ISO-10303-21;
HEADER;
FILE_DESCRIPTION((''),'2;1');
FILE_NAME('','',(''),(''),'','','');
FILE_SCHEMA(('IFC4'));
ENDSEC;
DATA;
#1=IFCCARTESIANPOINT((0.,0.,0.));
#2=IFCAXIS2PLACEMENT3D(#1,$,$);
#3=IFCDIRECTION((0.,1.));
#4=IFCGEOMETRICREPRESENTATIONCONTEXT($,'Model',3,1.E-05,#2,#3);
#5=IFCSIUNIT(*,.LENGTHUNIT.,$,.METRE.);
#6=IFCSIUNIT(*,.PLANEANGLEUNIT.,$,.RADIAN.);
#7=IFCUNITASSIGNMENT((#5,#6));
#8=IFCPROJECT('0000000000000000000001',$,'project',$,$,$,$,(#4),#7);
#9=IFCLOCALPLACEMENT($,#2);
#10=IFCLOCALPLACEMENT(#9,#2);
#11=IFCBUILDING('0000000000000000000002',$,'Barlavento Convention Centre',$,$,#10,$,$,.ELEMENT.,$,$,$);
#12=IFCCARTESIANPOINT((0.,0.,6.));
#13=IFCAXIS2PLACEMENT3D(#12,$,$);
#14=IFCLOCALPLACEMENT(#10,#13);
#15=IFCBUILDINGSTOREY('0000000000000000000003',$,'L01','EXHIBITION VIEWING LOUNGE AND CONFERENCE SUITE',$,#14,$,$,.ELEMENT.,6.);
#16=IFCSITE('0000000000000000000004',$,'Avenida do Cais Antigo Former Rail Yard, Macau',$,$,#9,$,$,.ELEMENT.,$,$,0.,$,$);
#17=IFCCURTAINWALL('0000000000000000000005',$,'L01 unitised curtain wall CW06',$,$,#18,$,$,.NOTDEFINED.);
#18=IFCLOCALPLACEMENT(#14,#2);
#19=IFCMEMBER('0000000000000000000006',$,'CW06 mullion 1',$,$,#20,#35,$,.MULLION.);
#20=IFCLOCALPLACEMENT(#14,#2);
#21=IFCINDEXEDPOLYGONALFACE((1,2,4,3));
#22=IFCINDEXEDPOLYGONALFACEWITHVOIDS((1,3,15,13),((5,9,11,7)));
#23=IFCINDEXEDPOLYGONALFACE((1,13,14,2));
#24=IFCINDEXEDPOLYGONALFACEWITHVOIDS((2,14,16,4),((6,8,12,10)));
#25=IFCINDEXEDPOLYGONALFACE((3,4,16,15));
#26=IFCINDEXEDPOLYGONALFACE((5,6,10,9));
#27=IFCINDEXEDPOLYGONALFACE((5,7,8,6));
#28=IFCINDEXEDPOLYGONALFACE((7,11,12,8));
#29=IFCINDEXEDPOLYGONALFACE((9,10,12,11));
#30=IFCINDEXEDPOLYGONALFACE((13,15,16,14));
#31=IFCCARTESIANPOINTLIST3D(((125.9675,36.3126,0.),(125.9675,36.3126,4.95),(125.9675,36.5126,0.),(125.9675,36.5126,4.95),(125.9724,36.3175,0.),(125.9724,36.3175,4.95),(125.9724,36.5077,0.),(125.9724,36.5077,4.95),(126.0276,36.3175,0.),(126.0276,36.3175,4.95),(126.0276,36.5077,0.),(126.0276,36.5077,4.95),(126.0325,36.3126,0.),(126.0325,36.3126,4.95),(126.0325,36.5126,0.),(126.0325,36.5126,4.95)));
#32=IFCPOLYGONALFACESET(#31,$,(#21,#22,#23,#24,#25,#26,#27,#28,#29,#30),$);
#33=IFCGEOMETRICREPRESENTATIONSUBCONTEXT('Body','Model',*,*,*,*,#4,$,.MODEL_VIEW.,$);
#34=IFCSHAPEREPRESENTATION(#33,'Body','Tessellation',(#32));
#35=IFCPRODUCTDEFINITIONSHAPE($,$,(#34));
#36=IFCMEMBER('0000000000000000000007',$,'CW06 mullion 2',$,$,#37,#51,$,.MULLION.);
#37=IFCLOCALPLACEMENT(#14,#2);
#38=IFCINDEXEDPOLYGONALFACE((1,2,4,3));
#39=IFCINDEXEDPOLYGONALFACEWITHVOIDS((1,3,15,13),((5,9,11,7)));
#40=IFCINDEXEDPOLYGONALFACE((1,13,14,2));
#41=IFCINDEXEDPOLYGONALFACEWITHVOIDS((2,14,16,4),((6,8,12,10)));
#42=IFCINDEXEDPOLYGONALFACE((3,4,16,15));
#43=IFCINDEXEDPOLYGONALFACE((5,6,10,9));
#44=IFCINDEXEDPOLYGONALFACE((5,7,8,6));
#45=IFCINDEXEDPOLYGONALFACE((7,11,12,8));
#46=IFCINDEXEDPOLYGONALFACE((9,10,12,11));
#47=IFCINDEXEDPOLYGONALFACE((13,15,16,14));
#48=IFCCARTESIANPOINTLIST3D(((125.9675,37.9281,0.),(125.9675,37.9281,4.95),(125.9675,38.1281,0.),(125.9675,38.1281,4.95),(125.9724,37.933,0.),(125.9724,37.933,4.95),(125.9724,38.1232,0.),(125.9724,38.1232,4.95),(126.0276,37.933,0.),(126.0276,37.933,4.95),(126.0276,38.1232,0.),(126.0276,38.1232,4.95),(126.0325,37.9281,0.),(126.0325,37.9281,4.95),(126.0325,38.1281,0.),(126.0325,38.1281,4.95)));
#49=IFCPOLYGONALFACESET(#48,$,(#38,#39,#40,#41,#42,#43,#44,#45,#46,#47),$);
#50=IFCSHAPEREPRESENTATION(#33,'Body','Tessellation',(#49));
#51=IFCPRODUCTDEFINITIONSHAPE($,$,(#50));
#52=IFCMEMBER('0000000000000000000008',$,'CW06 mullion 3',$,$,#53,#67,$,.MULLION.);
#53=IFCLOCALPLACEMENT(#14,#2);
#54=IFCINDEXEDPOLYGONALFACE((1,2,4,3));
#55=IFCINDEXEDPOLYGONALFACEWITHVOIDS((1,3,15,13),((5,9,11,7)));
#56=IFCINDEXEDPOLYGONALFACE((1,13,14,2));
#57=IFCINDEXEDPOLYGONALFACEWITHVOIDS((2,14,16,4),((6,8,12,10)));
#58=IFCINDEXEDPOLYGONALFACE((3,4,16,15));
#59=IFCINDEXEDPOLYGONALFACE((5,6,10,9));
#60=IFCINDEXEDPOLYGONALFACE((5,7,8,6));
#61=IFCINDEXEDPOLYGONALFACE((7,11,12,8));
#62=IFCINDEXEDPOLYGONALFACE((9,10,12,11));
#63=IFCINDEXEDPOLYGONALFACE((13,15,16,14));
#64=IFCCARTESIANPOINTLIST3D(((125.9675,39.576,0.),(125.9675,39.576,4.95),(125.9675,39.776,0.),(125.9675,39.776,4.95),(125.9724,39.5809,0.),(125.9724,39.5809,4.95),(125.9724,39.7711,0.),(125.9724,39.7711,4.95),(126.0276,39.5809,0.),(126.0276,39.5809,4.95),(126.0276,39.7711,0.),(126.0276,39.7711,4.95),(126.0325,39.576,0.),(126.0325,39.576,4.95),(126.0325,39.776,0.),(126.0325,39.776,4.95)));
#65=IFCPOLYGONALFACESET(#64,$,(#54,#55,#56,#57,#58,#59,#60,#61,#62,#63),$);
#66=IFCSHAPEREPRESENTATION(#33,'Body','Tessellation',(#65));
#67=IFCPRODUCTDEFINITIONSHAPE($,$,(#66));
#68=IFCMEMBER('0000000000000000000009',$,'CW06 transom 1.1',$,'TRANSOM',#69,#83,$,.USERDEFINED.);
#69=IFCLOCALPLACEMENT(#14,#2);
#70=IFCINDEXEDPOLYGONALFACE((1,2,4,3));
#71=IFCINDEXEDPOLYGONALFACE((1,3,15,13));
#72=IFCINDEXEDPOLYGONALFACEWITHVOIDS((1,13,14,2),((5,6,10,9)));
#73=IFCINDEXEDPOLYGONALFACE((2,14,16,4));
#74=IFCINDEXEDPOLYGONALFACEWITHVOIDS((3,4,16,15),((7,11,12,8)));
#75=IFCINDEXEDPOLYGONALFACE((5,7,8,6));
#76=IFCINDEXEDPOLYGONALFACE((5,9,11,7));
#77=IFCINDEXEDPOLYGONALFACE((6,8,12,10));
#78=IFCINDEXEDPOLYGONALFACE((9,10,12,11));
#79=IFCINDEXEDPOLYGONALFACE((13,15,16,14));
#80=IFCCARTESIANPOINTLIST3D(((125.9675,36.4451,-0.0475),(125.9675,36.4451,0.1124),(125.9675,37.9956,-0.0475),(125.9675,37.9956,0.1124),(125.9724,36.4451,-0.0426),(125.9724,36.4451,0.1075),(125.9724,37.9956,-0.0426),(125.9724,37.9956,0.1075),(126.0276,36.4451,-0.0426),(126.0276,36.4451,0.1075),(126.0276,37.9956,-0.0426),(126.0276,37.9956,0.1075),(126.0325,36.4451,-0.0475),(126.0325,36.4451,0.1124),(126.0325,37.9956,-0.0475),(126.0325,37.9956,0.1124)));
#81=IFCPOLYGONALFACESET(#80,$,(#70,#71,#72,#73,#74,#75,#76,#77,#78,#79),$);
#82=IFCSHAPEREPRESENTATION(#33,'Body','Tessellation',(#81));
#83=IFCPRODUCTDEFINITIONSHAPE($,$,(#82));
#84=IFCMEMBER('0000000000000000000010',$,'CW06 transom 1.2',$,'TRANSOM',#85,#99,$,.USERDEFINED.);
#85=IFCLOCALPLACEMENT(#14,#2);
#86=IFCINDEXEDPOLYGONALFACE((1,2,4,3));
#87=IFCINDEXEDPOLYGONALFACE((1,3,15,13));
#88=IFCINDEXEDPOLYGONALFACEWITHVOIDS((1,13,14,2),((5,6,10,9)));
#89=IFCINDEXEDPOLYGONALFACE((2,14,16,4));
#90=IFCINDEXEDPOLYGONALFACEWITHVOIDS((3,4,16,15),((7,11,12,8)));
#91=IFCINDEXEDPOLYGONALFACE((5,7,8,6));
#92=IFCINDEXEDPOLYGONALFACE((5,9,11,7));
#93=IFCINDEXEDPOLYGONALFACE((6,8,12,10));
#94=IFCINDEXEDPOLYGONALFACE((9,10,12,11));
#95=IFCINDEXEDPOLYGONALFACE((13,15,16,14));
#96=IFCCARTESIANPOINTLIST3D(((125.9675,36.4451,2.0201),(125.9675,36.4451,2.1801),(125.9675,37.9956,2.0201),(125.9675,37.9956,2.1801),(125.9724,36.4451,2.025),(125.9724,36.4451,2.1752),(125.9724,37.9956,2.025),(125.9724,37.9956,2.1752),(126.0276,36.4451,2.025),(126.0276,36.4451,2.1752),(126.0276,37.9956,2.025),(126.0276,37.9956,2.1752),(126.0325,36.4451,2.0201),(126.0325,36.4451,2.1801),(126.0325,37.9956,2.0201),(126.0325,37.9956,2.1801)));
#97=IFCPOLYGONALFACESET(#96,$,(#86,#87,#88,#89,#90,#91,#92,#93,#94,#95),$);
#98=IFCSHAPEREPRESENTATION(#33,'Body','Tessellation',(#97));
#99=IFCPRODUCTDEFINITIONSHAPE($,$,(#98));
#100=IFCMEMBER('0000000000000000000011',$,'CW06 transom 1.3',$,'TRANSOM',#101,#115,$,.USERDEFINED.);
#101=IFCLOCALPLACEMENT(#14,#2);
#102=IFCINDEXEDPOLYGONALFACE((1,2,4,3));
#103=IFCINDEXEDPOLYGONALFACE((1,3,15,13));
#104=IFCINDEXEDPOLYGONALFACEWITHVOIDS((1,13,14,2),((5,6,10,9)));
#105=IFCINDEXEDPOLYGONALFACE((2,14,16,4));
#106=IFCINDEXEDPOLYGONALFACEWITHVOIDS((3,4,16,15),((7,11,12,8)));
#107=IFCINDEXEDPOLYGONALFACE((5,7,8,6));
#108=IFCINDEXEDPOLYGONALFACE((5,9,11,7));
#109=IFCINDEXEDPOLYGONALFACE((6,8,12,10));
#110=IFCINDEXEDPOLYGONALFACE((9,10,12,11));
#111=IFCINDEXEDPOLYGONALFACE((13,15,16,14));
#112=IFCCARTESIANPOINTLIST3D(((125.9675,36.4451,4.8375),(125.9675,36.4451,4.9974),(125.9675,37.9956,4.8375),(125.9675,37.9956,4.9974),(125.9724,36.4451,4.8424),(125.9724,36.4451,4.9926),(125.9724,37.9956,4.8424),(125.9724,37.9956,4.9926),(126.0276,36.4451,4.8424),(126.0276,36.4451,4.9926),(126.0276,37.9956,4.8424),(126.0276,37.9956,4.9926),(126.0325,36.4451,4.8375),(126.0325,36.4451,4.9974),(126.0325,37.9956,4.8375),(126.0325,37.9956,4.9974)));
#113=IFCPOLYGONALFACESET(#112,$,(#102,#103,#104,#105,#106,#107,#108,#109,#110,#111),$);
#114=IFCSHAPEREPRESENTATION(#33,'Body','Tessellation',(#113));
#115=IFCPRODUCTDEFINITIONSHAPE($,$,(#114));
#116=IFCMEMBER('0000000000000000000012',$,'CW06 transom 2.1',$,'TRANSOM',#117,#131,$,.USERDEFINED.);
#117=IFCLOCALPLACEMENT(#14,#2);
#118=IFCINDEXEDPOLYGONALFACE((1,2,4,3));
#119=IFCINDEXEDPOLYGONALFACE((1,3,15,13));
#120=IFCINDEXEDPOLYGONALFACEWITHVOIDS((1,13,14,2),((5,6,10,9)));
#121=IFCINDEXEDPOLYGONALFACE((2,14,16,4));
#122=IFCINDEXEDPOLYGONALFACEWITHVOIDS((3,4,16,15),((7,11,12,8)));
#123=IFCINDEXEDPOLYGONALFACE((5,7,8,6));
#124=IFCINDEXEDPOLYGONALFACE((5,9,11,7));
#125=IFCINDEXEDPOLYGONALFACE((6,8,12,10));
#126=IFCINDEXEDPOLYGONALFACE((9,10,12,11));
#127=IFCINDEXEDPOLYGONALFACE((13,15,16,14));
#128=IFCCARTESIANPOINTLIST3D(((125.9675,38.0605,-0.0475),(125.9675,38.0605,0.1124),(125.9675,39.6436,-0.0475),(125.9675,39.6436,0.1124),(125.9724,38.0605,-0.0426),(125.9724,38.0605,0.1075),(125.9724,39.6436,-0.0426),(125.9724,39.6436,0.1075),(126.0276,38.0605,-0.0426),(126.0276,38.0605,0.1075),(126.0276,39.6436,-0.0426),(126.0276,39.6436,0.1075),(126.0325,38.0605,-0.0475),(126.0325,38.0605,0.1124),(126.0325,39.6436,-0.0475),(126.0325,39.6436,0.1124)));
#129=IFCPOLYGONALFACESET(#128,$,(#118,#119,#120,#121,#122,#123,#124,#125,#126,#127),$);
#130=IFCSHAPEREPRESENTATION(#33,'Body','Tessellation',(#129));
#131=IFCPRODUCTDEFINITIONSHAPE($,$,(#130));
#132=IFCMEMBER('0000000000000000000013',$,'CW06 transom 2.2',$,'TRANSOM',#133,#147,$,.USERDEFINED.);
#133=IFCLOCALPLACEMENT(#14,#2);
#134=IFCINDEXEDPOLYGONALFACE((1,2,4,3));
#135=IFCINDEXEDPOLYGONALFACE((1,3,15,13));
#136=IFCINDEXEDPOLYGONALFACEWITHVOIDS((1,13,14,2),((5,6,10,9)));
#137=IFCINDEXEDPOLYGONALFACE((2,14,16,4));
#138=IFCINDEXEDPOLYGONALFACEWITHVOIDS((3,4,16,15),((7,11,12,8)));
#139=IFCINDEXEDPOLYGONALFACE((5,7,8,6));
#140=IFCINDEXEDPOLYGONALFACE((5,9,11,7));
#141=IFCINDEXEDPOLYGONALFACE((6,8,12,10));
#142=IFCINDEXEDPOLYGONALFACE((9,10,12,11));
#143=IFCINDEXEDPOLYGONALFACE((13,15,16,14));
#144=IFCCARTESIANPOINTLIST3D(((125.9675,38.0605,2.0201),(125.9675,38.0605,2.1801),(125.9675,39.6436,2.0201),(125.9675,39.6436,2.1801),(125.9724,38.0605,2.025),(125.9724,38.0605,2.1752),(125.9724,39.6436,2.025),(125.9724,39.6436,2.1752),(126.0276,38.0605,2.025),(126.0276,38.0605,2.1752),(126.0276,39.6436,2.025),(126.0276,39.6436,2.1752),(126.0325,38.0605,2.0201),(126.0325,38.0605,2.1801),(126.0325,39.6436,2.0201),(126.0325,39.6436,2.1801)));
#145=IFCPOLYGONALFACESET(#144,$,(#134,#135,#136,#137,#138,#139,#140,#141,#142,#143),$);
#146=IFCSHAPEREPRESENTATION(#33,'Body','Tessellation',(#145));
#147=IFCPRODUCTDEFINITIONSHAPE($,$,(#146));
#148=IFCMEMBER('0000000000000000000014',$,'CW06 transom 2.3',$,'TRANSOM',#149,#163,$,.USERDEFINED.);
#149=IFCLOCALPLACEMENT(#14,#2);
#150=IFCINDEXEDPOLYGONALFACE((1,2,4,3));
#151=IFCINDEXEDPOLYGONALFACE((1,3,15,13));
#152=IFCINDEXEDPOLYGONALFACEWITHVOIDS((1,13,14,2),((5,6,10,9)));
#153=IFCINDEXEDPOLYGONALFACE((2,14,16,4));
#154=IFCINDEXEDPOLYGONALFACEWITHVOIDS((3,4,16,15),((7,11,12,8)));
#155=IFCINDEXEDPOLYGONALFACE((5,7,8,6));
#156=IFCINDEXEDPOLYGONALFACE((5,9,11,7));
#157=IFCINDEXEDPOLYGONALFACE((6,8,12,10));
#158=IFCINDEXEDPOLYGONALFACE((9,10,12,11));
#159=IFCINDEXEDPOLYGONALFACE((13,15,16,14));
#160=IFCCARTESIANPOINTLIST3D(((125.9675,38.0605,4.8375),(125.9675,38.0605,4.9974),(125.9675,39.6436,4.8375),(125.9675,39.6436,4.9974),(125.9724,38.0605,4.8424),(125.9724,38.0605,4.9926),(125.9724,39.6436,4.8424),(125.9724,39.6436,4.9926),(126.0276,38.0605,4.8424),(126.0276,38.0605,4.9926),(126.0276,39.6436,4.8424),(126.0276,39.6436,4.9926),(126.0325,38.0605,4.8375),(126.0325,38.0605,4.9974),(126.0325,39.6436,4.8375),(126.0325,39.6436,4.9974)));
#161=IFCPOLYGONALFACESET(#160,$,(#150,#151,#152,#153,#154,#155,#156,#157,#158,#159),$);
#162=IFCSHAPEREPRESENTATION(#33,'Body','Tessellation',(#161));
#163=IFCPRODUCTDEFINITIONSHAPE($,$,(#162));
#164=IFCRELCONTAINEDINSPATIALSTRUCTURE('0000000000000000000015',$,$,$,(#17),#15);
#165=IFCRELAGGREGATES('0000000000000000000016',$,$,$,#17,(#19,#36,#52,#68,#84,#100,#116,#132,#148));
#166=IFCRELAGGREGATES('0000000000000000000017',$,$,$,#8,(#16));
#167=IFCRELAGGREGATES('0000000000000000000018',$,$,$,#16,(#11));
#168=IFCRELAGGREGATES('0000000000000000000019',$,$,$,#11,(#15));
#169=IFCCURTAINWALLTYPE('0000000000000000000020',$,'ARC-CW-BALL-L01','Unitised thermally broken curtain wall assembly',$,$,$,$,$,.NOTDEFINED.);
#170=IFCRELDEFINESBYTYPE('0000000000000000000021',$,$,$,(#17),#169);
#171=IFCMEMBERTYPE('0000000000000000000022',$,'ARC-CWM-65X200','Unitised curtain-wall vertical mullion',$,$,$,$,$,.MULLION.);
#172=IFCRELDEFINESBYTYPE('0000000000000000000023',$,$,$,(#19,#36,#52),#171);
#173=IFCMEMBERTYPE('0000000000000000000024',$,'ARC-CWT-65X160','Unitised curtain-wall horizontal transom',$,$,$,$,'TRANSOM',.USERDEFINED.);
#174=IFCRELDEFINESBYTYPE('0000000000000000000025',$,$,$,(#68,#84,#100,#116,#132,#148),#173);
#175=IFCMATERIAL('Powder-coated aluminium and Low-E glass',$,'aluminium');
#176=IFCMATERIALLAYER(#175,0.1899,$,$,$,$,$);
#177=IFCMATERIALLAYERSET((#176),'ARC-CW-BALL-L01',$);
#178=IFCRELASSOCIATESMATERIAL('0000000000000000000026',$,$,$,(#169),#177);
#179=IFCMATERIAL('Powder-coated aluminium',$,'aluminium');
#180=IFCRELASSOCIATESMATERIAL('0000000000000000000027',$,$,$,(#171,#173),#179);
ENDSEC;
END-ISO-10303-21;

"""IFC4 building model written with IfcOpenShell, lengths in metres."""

from ifc_helpers import new_model, si_unit, direction, frame, origin, origin_2d, place, context, subcontext, project, spatial, hollow_rectangle, extrude, material, layer, layer_set, material_profile, profile_set, type_object, element, aggregate, save


model = new_model("IFC4")

# Units and contexts
model_context = context("Model", 3, precision=1e-05, world=origin(), true_north=direction((0.0, 1.0)))
body_context = subcontext(model_context, "Body", "Model", "MODEL_VIEW")
ifc_project = project(units=[si_unit("LENGTHUNIT", "METRE"), si_unit("PLANEANGLEUNIT", "RADIAN")], contexts=[model_context])

# Site, building, storey
site_placement = place(None, origin())
site = spatial("IfcSite", under=ifc_project, at=site_placement, Name="Avenida do Cais Antigo Former Rail Yard, Macau", CompositionType="ELEMENT", RefElevation=0.0)
building_placement = place(site_placement, origin())
building = spatial("IfcBuilding", under=site, at=building_placement, Name="Barlavento Convention Centre", CompositionType="ELEMENT")
storey_placement = place(building_placement, frame((0.0, 0.0, 6.0)))
storey = spatial("IfcBuildingStorey", under=building, at=storey_placement, Name="L01", Description="EXHIBITION VIEWING LOUNGE AND CONFERENCE SUITE", CompositionType="ELEMENT", Elevation=6.0)

# Curtain wall, members
ifc_material_1 = material(Name="Powder-coated aluminium and Low-E glass", Category="aluminium")
ifc_layer_1 = layer(ifc_material_1, 0.1899)
ifc_layer_set_1 = layer_set([ifc_layer_1], Name="ARC-CW-BALL-L01")
curtain_wall_type = type_object("IfcCurtainWallType", Name="ARC-CW-BALL-L01", Description="Unitised thermally broken curtain wall assembly", PredefinedType="NOTDEFINED", material=ifc_layer_set_1)
curtain_wall_placement = place(storey_placement, origin())
curtain_wall = element("IfcCurtainWall", 1, at=curtain_wall_placement, inside=storey, type_object=curtain_wall_type, Name="L01 unitised curtain wall CW06", PredefinedType="NOTDEFINED")
ifc_material_2 = material(Name="Powder-coated aluminium", Category="aluminium")
ifc_material_profile_1 = material_profile(ifc_material_2, hollow_rectangle(XDim=0.0649, YDim=0.2, WallThickness=0.0049, at=origin_2d()), Name="AL-MULL 65x200x5")
ifc_profile_set_1 = profile_set([ifc_material_profile_1], Name="Powder-coated aluminium")
member_type_1 = type_object("IfcMemberType", Name="ARC-CWM-65X200", Description="Unitised curtain-wall vertical mullion", PredefinedType="MULLION", material=ifc_profile_set_1)
member_1_placement = place(storey_placement, frame((126.0, 36.4126, 0.0), z_axis=(0.0, 0.0, 1.0), x_axis=(-1.0, 0.0, 0.0)))
member_1 = element("IfcMember", 2, at=member_1_placement, type_object=member_type_1, Name="CW06 mullion 1", PredefinedType="MULLION", context=body_context, shape_type="SweptSolid", body=[
    extrude(hollow_rectangle(XDim=0.0649, YDim=0.2, WallThickness=0.0049, at=origin_2d()), origin(), (0.0, 0.0, 1.0), 4.95),
])
member_2_placement = place(storey_placement, frame((126.0, 38.0281, 0.0), z_axis=(0.0, 0.0, 1.0), x_axis=(-1.0, 0.0, 0.0)))
member_2 = element("IfcMember", 3, at=member_2_placement, type_object=member_type_1, Name="CW06 mullion 2", PredefinedType="MULLION", context=body_context, shape_type="SweptSolid", body=[
    extrude(hollow_rectangle(XDim=0.0649, YDim=0.2, WallThickness=0.0049, at=origin_2d()), origin(), (0.0, 0.0, 1.0), 4.95),
])
member_3_placement = place(storey_placement, frame((126.0, 39.676, 0.0), z_axis=(0.0, 0.0, 1.0), x_axis=(-1.0, 0.0, 0.0)))
member_3 = element("IfcMember", 4, at=member_3_placement, type_object=member_type_1, Name="CW06 mullion 3", PredefinedType="MULLION", context=body_context, shape_type="SweptSolid", body=[
    extrude(hollow_rectangle(XDim=0.0649, YDim=0.2, WallThickness=0.0049, at=origin_2d()), origin(), (0.0, 0.0, 1.0), 4.95),
])
ifc_material_profile_2 = material_profile(ifc_material_2, hollow_rectangle(XDim=0.0649, YDim=0.1599, WallThickness=0.0049, at=origin_2d()), Name="AL-TRAN 65x160x5")
ifc_profile_set_2 = profile_set([ifc_material_profile_2], Name="Powder-coated aluminium")
member_type_2 = type_object("IfcMemberType", Name="ARC-CWT-65X160", Description="Unitised curtain-wall horizontal transom", ElementType="TRANSOM", PredefinedType="USERDEFINED", material=ifc_profile_set_2)
member_4_placement = place(storey_placement, frame((126.0, 36.4451, 0.0325), z_axis=(0.0, 1.0, 0.0), x_axis=(-1.0, 0.0, 0.0)))
member_4 = element("IfcMember", 5, at=member_4_placement, type_object=member_type_2, Name="CW06 transom 1.1", ObjectType="TRANSOM", PredefinedType="USERDEFINED", context=body_context, shape_type="SweptSolid", body=[
    extrude(hollow_rectangle(XDim=0.0649, YDim=0.1599, WallThickness=0.0049, at=origin_2d()), origin(), (0.0, 0.0, 1.0), 1.5505),
])
member_5_placement = place(storey_placement, frame((126.0, 36.4451, 2.1001), z_axis=(0.0, 1.0, 0.0), x_axis=(-1.0, 0.0, 0.0)))
member_5 = element("IfcMember", 6, at=member_5_placement, type_object=member_type_2, Name="CW06 transom 1.2", ObjectType="TRANSOM", PredefinedType="USERDEFINED", context=body_context, shape_type="SweptSolid", body=[
    extrude(hollow_rectangle(XDim=0.0649, YDim=0.1599, WallThickness=0.0049, at=origin_2d()), origin(), (0.0, 0.0, 1.0), 1.5505),
])
member_6_placement = place(storey_placement, frame((126.0, 36.4451, 4.9175), z_axis=(0.0, 1.0, 0.0), x_axis=(-1.0, 0.0, 0.0)))
member_6 = element("IfcMember", 7, at=member_6_placement, type_object=member_type_2, Name="CW06 transom 1.3", ObjectType="TRANSOM", PredefinedType="USERDEFINED", context=body_context, shape_type="SweptSolid", body=[
    extrude(hollow_rectangle(XDim=0.0649, YDim=0.1599, WallThickness=0.0049, at=origin_2d()), origin(), (0.0, 0.0, 1.0), 1.5505),
])
member_7_placement = place(storey_placement, frame((126.0, 38.0605, 0.0325), z_axis=(0.0, 1.0, 0.0), x_axis=(-1.0, 0.0, 0.0)))
member_7 = element("IfcMember", 8, at=member_7_placement, type_object=member_type_2, Name="CW06 transom 2.1", ObjectType="TRANSOM", PredefinedType="USERDEFINED", context=body_context, shape_type="SweptSolid", body=[
    extrude(hollow_rectangle(XDim=0.0649, YDim=0.1599, WallThickness=0.0049, at=origin_2d()), origin(), (0.0, 0.0, 1.0), 1.583),
])
member_8_placement = place(storey_placement, frame((126.0, 38.0605, 2.1001), z_axis=(0.0, 1.0, 0.0), x_axis=(-1.0, 0.0, 0.0)))
member_8 = element("IfcMember", 9, at=member_8_placement, type_object=member_type_2, Name="CW06 transom 2.2", ObjectType="TRANSOM", PredefinedType="USERDEFINED", context=body_context, shape_type="SweptSolid", body=[
    extrude(hollow_rectangle(XDim=0.0649, YDim=0.1599, WallThickness=0.0049, at=origin_2d()), origin(), (0.0, 0.0, 1.0), 1.583),
])
member_9_placement = place(storey_placement, frame((126.0, 38.0605, 4.9175), z_axis=(0.0, 1.0, 0.0), x_axis=(-1.0, 0.0, 0.0)))
member_9 = element("IfcMember", 10, at=member_9_placement, type_object=member_type_2, Name="CW06 transom 2.3", ObjectType="TRANSOM", PredefinedType="USERDEFINED", context=body_context, shape_type="SweptSolid", body=[
    extrude(hollow_rectangle(XDim=0.0649, YDim=0.1599, WallThickness=0.0049, at=origin_2d()), origin(), (0.0, 0.0, 1.0), 1.583),
])

aggregate(curtain_wall, [member_1, member_2, member_3, member_4, member_5, member_6, member_7, member_8, member_9])

save(model, "model.ifc")
